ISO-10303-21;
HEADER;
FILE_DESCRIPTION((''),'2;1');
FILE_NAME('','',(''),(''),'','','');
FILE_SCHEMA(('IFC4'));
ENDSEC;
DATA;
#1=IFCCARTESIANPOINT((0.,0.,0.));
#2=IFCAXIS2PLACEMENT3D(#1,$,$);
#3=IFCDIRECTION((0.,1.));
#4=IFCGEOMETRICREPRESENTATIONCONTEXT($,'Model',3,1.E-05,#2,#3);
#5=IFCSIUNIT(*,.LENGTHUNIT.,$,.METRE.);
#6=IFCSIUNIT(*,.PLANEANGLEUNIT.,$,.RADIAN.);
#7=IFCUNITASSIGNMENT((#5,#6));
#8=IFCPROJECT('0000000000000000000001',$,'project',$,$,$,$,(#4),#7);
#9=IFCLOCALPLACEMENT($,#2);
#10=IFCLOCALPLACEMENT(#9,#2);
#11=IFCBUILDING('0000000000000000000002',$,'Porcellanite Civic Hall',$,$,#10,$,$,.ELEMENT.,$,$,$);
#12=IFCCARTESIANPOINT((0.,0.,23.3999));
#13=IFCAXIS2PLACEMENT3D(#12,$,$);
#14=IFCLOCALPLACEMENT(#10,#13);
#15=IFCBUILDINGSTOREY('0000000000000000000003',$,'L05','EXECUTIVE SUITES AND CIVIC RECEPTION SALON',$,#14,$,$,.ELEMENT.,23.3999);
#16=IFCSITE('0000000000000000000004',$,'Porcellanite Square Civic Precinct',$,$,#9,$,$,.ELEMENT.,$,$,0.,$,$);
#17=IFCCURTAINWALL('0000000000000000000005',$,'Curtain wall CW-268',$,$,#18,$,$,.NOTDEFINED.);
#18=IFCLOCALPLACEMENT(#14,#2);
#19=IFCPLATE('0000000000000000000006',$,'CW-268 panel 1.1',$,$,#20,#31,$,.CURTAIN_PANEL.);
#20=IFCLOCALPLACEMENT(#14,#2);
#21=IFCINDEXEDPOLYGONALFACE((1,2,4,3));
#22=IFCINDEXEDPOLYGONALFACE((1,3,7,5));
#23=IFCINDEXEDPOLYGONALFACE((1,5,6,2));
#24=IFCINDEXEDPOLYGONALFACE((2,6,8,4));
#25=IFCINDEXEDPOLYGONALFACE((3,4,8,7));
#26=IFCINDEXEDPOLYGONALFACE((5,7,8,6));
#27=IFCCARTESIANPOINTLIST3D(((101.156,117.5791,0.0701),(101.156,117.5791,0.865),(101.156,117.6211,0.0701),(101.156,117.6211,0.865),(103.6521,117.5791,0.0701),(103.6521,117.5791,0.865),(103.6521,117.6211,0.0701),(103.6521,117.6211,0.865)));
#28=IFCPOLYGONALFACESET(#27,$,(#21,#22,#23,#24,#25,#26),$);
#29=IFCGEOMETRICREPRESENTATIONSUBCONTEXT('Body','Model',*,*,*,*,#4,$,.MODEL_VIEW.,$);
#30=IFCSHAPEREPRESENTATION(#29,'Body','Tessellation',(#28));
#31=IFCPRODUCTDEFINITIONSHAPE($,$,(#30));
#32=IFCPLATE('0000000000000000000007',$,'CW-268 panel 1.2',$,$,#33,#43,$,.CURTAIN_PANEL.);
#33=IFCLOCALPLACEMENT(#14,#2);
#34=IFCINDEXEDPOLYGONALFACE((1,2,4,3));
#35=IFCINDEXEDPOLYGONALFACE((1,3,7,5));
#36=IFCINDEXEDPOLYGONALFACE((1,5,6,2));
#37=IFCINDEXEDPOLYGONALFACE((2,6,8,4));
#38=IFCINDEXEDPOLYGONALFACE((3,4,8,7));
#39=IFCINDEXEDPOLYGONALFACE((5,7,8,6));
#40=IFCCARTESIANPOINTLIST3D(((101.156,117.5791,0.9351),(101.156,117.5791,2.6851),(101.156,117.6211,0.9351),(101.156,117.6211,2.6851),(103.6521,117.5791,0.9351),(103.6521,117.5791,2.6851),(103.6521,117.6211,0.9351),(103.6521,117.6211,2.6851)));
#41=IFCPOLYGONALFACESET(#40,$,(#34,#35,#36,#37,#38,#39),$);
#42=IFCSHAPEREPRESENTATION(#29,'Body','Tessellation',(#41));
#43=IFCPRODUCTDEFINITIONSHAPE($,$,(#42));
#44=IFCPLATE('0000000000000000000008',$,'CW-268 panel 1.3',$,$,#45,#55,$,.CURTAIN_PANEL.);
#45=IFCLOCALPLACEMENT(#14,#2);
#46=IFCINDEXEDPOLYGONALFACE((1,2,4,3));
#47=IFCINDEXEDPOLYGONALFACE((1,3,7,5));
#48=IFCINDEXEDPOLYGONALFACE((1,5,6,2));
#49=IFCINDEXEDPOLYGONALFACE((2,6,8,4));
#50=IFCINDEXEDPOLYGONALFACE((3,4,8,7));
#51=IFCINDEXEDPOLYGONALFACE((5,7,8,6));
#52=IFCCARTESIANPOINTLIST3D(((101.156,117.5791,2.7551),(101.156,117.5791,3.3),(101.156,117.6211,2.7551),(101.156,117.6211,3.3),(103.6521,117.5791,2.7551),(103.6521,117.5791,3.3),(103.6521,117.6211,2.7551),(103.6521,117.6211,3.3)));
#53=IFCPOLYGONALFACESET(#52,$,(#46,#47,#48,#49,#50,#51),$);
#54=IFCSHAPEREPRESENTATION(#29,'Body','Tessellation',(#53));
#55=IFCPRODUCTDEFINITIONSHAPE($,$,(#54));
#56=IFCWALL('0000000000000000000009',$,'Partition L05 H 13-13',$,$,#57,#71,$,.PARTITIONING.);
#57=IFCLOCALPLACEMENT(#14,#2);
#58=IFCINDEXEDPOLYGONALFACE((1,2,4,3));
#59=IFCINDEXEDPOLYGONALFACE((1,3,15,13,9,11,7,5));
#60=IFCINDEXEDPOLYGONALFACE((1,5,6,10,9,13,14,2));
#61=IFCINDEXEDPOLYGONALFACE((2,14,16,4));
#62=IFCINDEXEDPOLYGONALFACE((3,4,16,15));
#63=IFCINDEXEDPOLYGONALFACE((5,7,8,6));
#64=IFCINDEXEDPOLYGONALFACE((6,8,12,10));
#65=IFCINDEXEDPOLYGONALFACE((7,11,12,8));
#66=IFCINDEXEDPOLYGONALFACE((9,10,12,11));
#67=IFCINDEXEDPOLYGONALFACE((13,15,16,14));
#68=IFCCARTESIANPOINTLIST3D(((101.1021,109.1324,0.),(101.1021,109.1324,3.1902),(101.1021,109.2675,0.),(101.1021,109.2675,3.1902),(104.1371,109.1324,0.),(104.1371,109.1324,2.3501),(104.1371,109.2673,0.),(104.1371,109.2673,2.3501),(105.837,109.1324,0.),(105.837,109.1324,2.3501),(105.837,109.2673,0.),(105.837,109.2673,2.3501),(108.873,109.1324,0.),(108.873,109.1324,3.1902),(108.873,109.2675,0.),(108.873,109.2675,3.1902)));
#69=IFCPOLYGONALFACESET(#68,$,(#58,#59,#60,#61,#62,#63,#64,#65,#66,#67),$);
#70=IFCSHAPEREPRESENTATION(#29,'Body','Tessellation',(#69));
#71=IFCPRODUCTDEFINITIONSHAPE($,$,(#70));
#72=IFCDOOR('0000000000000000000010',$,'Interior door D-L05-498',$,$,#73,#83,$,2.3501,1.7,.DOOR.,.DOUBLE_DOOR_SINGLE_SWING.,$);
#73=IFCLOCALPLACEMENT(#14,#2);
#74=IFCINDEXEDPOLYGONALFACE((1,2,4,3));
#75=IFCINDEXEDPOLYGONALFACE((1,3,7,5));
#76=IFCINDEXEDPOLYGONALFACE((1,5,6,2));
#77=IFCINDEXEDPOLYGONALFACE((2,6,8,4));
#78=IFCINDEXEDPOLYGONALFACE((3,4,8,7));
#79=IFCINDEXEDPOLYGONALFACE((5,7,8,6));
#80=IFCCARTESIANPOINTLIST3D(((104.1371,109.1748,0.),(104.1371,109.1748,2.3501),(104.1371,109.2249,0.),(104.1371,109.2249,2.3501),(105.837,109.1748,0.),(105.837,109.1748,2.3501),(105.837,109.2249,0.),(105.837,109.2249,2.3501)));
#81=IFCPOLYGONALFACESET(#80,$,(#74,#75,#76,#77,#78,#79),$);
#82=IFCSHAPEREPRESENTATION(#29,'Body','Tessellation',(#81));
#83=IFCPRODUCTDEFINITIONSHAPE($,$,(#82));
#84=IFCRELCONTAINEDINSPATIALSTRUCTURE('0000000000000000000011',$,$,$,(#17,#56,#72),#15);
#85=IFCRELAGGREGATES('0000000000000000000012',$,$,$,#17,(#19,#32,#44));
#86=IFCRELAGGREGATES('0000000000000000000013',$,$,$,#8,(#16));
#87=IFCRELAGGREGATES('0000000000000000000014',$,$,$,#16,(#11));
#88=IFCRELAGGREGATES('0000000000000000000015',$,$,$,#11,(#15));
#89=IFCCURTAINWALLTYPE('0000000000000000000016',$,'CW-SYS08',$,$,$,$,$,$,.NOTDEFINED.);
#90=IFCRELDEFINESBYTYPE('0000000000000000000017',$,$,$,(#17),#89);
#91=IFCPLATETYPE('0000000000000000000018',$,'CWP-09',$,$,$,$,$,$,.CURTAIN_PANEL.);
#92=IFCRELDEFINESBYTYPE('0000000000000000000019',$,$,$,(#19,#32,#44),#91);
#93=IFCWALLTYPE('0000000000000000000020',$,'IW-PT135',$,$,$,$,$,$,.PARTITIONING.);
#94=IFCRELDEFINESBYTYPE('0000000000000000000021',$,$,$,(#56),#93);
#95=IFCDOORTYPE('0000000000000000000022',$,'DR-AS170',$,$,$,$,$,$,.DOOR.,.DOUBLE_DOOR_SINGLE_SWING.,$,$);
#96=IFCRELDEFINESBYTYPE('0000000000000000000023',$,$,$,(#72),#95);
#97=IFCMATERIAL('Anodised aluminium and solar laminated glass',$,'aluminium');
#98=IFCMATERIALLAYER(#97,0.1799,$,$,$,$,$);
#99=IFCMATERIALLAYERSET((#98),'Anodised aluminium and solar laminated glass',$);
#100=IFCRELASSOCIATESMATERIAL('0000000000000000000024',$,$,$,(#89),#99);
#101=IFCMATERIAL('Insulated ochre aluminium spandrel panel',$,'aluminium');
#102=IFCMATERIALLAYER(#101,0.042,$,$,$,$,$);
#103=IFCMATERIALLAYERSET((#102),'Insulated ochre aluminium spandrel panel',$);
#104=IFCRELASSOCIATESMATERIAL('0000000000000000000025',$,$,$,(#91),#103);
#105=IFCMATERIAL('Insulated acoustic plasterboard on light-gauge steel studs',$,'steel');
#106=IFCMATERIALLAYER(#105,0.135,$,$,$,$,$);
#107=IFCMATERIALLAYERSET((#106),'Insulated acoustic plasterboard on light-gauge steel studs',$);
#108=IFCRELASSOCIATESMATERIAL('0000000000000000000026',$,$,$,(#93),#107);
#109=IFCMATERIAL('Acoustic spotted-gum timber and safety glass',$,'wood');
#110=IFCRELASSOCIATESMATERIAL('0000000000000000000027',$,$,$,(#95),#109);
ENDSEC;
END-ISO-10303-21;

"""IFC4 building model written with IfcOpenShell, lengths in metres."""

from ifc_helpers import new_model, si_unit, direction, frame, frame_2d, origin, origin_2d, place, context, subcontext, project, spatial, rectangle, extrude, material, layer, layer_set, type_object, element, fill, aggregate, save


model = new_model("IFC4")

# Units and contexts
model_context = context("Model", 3, precision=1e-05, world=origin(), true_north=direction((0.0, 1.0)))
body_context = subcontext(model_context, "Body", "Model", "MODEL_VIEW")
ifc_project = project(units=[si_unit("LENGTHUNIT", "METRE"), si_unit("PLANEANGLEUNIT", "RADIAN")], contexts=[model_context])

# Site, building, storey
site_placement = place(None, origin())
site = spatial("IfcSite", under=ifc_project, at=site_placement, Name="Porcellanite Square Civic Precinct", CompositionType="ELEMENT", RefElevation=0.0)
building_placement = place(site_placement, origin())
building = spatial("IfcBuilding", under=site, at=building_placement, Name="Porcellanite Civic Hall", CompositionType="ELEMENT")
storey_placement = place(building_placement, frame((0.0, 0.0, 23.3999)))
storey = spatial("IfcBuildingStorey", under=building, at=storey_placement, Name="L05", Description="EXECUTIVE SUITES AND CIVIC RECEPTION SALON", CompositionType="ELEMENT", Elevation=23.3999)

# Curtain wall
ifc_material_1 = material(Name="Anodised aluminium and solar laminated glass", Category="aluminium")
ifc_layer_1 = layer(ifc_material_1, 0.1799)
ifc_layer_set_1 = layer_set([ifc_layer_1], Name="Anodised aluminium and solar laminated glass")
curtain_wall_type_1 = type_object("IfcCurtainWallType", Name="CW-SYS08", PredefinedType="NOTDEFINED", material=ifc_layer_set_1)
curtain_wall_1_placement = place(storey_placement, origin())
curtain_wall_1 = element("IfcCurtainWall", 1, at=curtain_wall_1_placement, inside=storey, type_object=curtain_wall_type_1, Name="Curtain wall CW-268", PredefinedType="NOTDEFINED")

# Plates
ifc_material_2 = material(Name="Insulated ochre aluminium spandrel panel", Category="aluminium")
ifc_layer_2 = layer(ifc_material_2, 0.042)
ifc_layer_set_2 = layer_set([ifc_layer_2], Name="Insulated ochre aluminium spandrel panel")
plate_type_1 = type_object("IfcPlateType", Name="CWP-09", PredefinedType="CURTAIN_PANEL", material=ifc_layer_set_2)
plate_1_placement = place(storey_placement, frame((102.4041, 117.6001, 0.0701), z_axis=(0.0, 0.0, 1.0), x_axis=(1.0, 0.0, 0.0)))
plate_1 = element("IfcPlate", 2, at=plate_1_placement, type_object=plate_type_1, Name="CW-268 panel 1.1", PredefinedType="CURTAIN_PANEL", context=body_context, shape_type="SweptSolid", body=[
    extrude(rectangle(XDim=2.4961, YDim=0.042, at=origin_2d()), origin(), (0.0, 0.0, 1.0), 0.7949),
])
plate_2_placement = place(storey_placement, frame((102.4041, 117.6001, 0.9351), z_axis=(0.0, 0.0, 1.0), x_axis=(1.0, 0.0, 0.0)))
plate_2 = element("IfcPlate", 3, at=plate_2_placement, type_object=plate_type_1, Name="CW-268 panel 1.2", PredefinedType="CURTAIN_PANEL", context=body_context, shape_type="SweptSolid", body=[
    extrude(rectangle(XDim=2.4961, YDim=0.042, at=origin_2d()), origin(), (0.0, 0.0, 1.0), 1.75),
])
plate_3_placement = place(storey_placement, frame((102.4041, 117.6001, 2.7551), z_axis=(0.0, 0.0, 1.0), x_axis=(1.0, 0.0, 0.0)))
plate_3 = element("IfcPlate", 4, at=plate_3_placement, type_object=plate_type_1, Name="CW-268 panel 1.3", PredefinedType="CURTAIN_PANEL", context=body_context, shape_type="SweptSolid", body=[
    extrude(rectangle(XDim=2.4961, YDim=0.042, at=origin_2d()), origin(), (0.0, 0.0, 1.0), 0.5449),
])
aggregate(curtain_wall_1, [plate_1, plate_2, plate_3])

# Wall, opening, door
ifc_material_3 = material(Name="Insulated acoustic plasterboard on light-gauge steel studs", Category="steel")
ifc_layer_3 = layer(ifc_material_3, 0.135)
ifc_layer_set_3 = layer_set([ifc_layer_3], Name="Insulated acoustic plasterboard on light-gauge steel studs")
wall_type = type_object("IfcWallType", Name="IW-PT135", PredefinedType="PARTITIONING", material=ifc_layer_set_3)
wall_placement = place(storey_placement, frame((101.1021, 109.2, 0.0), z_axis=(0.0, 0.0, 1.0), x_axis=(1.0, 0.0, 0.0)))
wall = element("IfcWall", 5, at=wall_placement, inside=storey, type_object=wall_type, Name="Partition L05 H 13-13", PredefinedType="PARTITIONING", context=body_context, shape_type="SweptSolid", body=[
    extrude(rectangle(XDim=7.771, YDim=0.135, at=frame_2d((3.8855, 0.0))), origin(), (0.0, 0.0, 1.0), 3.1902),
])
opening_placement = place(wall_placement, frame((3.0349, 0.0, 0.0)))
opening = element("IfcOpeningElement", 6, at=opening_placement, cuts=wall, PredefinedType="OPENING", context=body_context, shape_type="SweptSolid", body=[
    extrude(rectangle(XDim=1.7, YDim=2.3501, at=frame_2d((0.8501, 1.175))), frame((0.0, 0.0674, 0.0), z_axis=(0.0, -1.0, 0.0), x_axis=(1.0, 0.0, 0.0)), (0.0, 0.0, 1.0), 0.135),
])
ifc_material_4 = material(Name="Acoustic spotted-gum timber and safety glass", Category="wood")
door_type = type_object("IfcDoorType", Name="DR-AS170", OperationType="DOUBLE_DOOR_SINGLE_SWING", PredefinedType="DOOR", material=ifc_material_4)
door_placement = place(opening_placement, origin())
door = element("IfcDoor", 7, at=door_placement, inside=storey, type_object=door_type, Name="Interior door D-L05-498", OperationType="DOUBLE_DOOR_SINGLE_SWING", OverallHeight=2.3501, OverallWidth=1.7, PredefinedType="DOOR", context=body_context, shape_type="SweptSolid", body=[
    extrude(rectangle(XDim=1.7, YDim=2.3501, at=frame_2d((0.8501, 1.175))), frame((0.0, 0.0249, 0.0), z_axis=(0.0, -1.0, 0.0), x_axis=(1.0, 0.0, 0.0)), (0.0, 0.0, 1.0), 0.05),
])
fill(opening, door)

save(model, "model.ifc")
